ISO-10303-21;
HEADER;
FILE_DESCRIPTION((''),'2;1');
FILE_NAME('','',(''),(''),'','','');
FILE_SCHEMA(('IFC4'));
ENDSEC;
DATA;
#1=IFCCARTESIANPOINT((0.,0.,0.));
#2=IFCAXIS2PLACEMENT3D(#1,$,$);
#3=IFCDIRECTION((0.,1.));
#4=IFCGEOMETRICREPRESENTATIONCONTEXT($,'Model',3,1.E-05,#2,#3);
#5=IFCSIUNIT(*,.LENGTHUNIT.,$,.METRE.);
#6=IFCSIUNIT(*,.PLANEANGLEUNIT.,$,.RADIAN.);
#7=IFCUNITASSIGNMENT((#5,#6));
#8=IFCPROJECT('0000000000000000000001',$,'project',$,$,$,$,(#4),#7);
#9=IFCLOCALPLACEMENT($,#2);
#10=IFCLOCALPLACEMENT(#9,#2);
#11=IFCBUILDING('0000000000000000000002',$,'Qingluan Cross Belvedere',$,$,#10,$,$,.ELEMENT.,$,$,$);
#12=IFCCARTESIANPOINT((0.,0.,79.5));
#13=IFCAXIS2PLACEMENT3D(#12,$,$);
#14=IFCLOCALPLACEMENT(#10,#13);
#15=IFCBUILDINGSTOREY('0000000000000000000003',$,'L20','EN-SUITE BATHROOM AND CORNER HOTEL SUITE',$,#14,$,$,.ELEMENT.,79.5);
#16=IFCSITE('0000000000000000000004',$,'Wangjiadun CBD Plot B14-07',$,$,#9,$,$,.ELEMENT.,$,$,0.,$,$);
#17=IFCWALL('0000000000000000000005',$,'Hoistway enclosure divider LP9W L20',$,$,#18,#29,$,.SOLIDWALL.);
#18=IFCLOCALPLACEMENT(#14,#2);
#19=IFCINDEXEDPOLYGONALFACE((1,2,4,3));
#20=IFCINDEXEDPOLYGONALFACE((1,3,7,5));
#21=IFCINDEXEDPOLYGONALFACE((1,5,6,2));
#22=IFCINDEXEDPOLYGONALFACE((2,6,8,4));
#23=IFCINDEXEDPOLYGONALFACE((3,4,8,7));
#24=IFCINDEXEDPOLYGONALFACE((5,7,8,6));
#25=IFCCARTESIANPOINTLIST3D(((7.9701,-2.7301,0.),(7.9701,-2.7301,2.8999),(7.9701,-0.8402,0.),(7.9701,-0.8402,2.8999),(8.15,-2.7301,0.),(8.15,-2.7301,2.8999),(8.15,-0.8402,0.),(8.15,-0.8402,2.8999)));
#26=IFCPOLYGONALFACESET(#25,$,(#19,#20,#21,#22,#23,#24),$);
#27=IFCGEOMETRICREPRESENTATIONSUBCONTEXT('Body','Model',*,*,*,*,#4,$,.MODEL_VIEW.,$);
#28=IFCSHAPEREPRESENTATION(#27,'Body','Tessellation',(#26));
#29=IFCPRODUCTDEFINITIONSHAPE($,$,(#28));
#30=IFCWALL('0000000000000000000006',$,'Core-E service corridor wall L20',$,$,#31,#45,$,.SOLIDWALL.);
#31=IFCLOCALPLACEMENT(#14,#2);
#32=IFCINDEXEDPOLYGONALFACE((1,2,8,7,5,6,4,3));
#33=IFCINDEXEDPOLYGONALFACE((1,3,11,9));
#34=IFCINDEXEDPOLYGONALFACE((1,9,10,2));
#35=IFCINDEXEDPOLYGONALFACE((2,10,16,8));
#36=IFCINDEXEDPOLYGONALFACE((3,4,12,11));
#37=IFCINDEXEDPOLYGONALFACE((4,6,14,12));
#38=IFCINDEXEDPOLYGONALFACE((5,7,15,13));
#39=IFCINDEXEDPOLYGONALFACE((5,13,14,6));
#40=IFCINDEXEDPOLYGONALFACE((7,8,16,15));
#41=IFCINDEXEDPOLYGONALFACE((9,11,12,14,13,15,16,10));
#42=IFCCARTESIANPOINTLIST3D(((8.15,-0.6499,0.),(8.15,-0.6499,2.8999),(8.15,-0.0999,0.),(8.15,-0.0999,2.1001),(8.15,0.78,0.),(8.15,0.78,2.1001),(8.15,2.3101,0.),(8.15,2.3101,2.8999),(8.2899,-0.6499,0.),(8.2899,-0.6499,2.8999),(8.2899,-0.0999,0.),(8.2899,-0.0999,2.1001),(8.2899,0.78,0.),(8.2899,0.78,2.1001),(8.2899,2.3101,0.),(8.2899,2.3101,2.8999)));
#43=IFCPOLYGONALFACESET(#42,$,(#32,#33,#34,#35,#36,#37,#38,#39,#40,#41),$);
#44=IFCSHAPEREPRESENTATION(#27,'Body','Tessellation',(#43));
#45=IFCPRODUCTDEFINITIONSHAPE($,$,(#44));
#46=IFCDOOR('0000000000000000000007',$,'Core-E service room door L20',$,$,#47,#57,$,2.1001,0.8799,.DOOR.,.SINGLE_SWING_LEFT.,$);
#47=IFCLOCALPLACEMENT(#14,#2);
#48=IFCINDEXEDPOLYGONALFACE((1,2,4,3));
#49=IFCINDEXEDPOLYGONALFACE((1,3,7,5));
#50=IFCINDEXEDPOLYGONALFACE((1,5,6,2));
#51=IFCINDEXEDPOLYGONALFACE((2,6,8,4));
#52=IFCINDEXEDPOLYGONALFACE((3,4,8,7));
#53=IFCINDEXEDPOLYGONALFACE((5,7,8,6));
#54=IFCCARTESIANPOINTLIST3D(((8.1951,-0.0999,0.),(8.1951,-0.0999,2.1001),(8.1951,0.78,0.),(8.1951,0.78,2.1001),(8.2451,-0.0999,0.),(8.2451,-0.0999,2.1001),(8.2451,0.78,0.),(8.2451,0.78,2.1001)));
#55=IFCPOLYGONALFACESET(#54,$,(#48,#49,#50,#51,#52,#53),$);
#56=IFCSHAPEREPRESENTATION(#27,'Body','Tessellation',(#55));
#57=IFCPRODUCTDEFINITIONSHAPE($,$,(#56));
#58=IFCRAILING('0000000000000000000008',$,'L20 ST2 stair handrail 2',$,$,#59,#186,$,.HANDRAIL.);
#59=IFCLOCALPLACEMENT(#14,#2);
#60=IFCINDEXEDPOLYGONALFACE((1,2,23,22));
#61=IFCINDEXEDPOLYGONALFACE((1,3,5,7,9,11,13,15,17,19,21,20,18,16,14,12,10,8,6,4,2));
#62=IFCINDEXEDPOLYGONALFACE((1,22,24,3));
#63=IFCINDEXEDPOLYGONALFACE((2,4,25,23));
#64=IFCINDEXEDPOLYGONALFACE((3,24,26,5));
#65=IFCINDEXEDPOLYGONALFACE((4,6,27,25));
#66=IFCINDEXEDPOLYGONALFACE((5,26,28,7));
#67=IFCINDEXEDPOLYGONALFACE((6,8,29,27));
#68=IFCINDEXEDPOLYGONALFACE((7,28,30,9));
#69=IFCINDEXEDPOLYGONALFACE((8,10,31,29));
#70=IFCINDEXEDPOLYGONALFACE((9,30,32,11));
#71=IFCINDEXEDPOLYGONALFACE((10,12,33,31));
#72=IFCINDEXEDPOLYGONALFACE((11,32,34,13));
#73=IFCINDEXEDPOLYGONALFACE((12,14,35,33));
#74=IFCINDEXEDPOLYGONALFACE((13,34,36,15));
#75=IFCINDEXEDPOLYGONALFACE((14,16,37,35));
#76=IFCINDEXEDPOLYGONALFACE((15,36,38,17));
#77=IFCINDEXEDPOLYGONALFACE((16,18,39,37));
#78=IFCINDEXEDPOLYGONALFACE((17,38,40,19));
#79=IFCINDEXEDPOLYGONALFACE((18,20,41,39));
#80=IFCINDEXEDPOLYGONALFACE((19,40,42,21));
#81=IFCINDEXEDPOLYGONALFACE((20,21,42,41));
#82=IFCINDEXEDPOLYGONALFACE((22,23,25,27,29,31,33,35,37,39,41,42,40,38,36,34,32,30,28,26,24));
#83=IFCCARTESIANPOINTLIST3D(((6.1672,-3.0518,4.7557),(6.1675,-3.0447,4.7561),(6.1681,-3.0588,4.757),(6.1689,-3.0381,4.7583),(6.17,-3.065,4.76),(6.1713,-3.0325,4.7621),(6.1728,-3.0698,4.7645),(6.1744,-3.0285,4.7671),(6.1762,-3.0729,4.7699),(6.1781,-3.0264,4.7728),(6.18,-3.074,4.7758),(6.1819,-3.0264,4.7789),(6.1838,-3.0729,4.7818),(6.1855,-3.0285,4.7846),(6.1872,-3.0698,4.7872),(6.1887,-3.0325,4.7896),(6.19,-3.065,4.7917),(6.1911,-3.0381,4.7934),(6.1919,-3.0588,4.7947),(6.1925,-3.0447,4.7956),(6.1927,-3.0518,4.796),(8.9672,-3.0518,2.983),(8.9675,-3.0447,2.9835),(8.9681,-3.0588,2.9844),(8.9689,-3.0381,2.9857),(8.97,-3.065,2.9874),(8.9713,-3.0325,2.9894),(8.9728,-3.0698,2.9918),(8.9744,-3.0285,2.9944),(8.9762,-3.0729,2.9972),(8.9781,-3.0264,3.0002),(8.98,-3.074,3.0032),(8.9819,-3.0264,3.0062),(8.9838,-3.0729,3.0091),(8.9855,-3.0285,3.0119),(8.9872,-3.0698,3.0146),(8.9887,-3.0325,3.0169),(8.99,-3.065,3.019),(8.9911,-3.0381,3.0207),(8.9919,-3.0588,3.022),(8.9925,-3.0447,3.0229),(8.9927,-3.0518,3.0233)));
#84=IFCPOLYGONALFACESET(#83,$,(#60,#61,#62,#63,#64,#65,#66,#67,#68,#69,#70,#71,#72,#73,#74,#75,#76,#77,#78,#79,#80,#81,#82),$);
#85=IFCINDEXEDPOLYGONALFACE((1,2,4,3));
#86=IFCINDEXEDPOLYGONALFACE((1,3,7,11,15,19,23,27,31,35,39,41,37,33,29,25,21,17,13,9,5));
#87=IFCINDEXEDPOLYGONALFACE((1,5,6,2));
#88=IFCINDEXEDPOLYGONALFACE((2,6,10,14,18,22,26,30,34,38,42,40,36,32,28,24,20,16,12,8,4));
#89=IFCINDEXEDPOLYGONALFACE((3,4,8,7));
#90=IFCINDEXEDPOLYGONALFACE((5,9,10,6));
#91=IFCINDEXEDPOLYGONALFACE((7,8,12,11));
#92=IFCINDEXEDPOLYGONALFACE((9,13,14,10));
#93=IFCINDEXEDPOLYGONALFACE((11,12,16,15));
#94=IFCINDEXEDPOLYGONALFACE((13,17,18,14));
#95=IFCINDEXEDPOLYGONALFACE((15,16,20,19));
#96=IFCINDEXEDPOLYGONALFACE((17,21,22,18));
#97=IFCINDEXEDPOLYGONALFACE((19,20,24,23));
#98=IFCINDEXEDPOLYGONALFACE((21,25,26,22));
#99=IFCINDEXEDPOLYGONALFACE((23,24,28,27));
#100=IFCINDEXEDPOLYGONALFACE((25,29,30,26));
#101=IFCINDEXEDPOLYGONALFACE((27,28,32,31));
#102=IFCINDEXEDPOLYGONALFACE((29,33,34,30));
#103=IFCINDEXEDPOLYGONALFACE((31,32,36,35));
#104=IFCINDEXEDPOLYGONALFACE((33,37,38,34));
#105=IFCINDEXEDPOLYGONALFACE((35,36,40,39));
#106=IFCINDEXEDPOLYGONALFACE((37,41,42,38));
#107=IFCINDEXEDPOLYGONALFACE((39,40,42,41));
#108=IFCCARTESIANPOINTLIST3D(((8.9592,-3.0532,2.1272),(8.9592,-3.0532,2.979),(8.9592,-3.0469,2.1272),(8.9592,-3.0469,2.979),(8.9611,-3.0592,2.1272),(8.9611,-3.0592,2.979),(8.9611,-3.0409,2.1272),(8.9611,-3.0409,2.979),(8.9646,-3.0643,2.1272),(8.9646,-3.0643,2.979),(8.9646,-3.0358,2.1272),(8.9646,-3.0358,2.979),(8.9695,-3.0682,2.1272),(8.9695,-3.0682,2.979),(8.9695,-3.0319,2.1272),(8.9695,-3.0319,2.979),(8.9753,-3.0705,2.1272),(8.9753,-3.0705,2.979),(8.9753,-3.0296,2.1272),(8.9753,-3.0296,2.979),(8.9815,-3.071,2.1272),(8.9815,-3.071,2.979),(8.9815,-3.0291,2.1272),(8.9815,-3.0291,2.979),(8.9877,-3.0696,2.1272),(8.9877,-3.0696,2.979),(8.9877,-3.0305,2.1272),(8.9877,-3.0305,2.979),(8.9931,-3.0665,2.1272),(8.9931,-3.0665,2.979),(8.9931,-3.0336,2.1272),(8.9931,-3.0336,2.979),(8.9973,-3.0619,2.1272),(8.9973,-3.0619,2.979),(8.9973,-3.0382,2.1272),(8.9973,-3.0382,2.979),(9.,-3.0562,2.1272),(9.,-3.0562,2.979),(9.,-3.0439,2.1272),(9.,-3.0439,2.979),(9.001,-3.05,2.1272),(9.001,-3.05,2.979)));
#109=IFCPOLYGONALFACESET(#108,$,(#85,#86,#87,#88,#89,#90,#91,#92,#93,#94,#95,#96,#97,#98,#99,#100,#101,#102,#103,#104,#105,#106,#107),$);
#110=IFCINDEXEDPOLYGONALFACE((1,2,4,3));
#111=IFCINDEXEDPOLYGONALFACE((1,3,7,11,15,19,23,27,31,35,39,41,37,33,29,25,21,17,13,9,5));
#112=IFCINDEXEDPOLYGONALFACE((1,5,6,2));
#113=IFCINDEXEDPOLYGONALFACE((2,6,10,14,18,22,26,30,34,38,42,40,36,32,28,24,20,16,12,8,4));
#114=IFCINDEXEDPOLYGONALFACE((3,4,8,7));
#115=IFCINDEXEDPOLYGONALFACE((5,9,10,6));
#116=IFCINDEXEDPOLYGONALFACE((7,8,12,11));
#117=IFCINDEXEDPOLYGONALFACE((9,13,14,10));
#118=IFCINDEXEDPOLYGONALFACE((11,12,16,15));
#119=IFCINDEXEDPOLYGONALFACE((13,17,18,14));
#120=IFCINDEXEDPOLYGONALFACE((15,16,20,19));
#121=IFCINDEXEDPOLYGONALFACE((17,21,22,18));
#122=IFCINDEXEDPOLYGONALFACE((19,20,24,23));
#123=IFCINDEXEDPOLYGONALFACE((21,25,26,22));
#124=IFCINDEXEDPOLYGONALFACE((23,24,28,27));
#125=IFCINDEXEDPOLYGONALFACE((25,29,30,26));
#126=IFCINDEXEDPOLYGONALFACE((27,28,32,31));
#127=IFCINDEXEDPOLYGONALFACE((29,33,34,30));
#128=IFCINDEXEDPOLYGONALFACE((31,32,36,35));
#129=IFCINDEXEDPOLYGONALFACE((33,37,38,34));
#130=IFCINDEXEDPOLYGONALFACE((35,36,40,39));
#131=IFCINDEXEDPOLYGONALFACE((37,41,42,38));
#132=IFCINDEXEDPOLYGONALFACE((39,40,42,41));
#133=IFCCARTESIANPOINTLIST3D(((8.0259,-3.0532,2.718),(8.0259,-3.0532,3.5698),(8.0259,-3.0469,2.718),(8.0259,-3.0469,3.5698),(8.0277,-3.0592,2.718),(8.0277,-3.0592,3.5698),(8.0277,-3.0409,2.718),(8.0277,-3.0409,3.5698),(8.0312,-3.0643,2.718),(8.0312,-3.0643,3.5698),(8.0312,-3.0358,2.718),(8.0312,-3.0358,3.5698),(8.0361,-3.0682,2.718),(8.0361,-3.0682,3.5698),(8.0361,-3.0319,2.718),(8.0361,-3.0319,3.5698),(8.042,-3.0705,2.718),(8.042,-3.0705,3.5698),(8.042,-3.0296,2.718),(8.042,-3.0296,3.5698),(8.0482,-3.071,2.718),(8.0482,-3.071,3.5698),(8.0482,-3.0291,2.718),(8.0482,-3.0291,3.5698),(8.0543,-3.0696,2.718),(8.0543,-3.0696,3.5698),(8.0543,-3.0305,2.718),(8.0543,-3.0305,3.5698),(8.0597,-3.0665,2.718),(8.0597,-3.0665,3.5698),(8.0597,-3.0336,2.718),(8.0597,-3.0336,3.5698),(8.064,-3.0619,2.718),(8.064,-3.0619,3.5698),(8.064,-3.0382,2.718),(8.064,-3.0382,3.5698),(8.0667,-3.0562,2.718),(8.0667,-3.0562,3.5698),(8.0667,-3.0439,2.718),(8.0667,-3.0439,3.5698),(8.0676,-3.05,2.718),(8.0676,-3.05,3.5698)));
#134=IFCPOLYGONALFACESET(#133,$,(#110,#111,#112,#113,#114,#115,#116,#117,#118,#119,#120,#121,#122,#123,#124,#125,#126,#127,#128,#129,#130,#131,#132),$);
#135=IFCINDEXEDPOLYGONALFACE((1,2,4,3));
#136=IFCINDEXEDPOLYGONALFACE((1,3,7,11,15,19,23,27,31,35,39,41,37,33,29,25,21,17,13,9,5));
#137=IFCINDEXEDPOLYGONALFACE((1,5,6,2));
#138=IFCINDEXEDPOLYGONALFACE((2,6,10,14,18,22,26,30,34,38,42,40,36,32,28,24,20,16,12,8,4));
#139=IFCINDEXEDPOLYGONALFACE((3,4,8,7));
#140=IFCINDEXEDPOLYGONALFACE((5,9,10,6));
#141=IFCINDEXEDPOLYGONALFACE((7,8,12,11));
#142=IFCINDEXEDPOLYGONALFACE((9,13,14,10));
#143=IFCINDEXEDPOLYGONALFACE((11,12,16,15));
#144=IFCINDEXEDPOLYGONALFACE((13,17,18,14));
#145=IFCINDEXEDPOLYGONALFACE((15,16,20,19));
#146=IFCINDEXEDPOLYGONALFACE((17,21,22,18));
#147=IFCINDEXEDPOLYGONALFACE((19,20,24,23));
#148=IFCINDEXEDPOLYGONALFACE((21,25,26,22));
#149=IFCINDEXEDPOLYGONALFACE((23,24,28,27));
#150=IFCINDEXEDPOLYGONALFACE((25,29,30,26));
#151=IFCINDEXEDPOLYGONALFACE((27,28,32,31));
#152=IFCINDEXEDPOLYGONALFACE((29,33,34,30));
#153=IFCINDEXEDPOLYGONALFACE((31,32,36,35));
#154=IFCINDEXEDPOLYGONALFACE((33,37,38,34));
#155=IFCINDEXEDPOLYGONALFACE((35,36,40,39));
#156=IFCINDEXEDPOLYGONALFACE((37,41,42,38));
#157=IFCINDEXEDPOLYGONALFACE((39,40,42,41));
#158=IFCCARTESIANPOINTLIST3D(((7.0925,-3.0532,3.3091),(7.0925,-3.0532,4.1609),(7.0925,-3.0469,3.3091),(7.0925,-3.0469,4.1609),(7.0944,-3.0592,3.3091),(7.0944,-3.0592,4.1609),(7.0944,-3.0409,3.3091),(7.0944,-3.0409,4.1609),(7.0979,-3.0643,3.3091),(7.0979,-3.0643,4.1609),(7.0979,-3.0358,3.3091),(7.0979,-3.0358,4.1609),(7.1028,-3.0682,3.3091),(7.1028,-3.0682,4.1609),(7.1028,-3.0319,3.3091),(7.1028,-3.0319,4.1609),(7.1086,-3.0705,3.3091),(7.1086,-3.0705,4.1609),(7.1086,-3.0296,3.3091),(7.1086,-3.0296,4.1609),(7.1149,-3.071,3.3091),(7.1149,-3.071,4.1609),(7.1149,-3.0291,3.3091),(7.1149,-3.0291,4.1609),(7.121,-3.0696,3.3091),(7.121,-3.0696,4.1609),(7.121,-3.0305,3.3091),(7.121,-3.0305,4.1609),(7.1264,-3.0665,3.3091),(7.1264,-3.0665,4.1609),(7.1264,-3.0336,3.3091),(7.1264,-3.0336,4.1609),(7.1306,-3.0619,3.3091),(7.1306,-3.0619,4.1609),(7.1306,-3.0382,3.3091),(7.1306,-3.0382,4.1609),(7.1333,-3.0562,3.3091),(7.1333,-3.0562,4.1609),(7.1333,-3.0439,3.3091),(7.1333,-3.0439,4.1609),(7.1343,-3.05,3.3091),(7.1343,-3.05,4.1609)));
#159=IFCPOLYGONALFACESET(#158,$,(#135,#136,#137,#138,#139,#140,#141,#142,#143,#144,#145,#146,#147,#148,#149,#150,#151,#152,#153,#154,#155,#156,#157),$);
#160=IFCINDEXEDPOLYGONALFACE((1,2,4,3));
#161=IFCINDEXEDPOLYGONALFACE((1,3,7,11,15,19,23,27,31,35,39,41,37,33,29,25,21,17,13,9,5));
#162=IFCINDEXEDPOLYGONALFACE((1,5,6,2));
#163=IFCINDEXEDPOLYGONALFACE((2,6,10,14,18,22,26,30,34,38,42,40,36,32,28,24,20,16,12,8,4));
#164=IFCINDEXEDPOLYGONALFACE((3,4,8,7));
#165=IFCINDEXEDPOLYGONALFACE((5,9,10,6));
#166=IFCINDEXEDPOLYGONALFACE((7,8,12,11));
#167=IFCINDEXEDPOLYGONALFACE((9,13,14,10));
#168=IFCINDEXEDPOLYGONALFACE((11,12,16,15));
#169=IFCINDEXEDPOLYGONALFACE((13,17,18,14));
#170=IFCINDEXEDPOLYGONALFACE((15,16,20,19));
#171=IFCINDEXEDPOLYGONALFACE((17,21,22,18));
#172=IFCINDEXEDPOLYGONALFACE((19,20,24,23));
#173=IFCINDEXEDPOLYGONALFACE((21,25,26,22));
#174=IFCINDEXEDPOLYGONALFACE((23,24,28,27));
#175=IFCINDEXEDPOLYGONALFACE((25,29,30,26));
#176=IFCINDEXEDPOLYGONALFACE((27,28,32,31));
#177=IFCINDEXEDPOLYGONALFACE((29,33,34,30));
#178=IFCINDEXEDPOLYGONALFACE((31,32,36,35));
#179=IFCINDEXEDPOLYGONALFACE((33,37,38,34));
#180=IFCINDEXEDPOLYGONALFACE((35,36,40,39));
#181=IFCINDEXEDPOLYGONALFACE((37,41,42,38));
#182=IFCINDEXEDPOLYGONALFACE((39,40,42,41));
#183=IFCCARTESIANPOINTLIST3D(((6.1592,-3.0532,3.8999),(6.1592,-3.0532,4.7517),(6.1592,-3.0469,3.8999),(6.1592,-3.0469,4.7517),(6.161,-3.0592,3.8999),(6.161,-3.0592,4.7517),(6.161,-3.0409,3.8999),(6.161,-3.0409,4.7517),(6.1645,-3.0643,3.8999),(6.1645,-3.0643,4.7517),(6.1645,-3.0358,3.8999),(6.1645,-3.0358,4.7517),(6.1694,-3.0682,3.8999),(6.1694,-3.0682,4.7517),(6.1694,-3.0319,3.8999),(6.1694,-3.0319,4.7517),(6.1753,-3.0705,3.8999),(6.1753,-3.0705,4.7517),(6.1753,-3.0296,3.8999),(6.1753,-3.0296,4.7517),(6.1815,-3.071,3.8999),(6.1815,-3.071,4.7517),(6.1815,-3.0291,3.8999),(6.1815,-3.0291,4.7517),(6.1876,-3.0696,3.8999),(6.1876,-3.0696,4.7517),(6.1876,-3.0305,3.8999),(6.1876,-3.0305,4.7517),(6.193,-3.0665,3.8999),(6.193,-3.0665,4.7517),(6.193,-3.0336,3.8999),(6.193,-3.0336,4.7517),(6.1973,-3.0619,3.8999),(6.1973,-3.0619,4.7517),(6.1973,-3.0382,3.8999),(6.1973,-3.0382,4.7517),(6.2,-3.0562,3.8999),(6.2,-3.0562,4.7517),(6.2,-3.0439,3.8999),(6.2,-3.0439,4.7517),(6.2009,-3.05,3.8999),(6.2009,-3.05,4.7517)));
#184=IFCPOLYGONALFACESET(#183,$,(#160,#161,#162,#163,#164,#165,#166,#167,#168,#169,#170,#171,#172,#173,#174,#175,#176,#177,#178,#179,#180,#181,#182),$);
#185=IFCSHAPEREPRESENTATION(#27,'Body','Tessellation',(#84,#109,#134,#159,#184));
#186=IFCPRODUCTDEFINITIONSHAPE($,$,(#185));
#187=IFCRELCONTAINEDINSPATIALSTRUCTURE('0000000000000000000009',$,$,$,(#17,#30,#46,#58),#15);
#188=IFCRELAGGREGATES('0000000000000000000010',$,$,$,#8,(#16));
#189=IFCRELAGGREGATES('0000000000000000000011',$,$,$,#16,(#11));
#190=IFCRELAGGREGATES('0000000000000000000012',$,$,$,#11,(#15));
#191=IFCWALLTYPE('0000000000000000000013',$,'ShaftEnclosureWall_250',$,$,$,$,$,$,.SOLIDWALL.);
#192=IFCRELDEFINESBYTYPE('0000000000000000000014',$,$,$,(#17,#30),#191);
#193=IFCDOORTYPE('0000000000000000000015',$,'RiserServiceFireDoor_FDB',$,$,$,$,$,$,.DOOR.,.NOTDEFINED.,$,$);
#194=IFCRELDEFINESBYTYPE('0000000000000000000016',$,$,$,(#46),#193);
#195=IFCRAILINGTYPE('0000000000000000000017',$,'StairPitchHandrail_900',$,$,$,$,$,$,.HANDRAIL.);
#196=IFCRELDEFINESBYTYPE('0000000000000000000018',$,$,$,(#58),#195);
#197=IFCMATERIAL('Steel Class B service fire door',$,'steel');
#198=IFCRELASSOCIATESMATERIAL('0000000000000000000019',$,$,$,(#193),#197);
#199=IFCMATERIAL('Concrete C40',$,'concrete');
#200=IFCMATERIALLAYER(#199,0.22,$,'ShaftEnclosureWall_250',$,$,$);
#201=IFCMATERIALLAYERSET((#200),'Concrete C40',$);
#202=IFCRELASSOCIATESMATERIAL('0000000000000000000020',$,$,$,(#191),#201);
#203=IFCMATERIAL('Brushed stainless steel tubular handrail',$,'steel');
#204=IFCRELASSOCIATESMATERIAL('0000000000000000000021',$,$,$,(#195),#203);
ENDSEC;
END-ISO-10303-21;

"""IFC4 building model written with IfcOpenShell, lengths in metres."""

from ifc_helpers import new_model, si_unit, direction, frame, frame_2d, origin, origin_2d, place, context, subcontext, project, spatial, rectangle, circle, extrude, material, layer, layer_set, type_object, element, fill, save


model = new_model("IFC4")

# Units and contexts
model_context = context("Model", 3, precision=1e-05, world=origin(), true_north=direction((0.0, 1.0)))
body_context = subcontext(model_context, "Body", "Model", "MODEL_VIEW")
ifc_project = project(units=[si_unit("LENGTHUNIT", "METRE"), si_unit("PLANEANGLEUNIT", "RADIAN")], contexts=[model_context])

# Site, building, storey
site_placement = place(None, origin())
site = spatial("IfcSite", under=ifc_project, at=site_placement, Name="Wangjiadun CBD Plot B14-07", CompositionType="ELEMENT", RefElevation=0.0)
building_placement = place(site_placement, origin())
building = spatial("IfcBuilding", under=site, at=building_placement, Name="Qingluan Cross Belvedere", CompositionType="ELEMENT")
storey_placement = place(building_placement, frame((0.0, 0.0, 79.5)))
storey = spatial("IfcBuildingStorey", under=building, at=storey_placement, Name="L20", Description="EN-SUITE BATHROOM AND CORNER HOTEL SUITE", CompositionType="ELEMENT", Elevation=79.5)

# Shared definitions
ifc_material_1 = material(Name="Steel Class B service fire door", Category="steel")
door_type_1 = type_object("IfcDoorType", Name="RiserServiceFireDoor_FDB", OperationType="NOTDEFINED", PredefinedType="DOOR", material=ifc_material_1)

# Shared definitions
ifc_material_2 = material(Name="Concrete C40", Category="concrete")
ifc_layer_1 = layer(ifc_material_2, 0.22, Name="ShaftEnclosureWall_250")
ifc_layer_set_1 = layer_set([ifc_layer_1], Name="Concrete C40")
wall_type_1 = type_object("IfcWallType", Name="ShaftEnclosureWall_250", PredefinedType="SOLIDWALL", material=ifc_layer_set_1)

# Wall
for number, where, z_axis, x_axis, name in (
    (1, (8.0601, -2.73, 0.0), (0.0, 0.0, 1.0), (0.0, 1.0, 0.0), "Hoistway enclosure divider LP9W L20"),
):
    element("IfcWall", number, at=place(storey_placement, frame(where, z_axis=z_axis, x_axis=x_axis)), inside=storey, type_object=wall_type_1, Name=name, PredefinedType="SOLIDWALL", context=body_context, shape_type="SweptSolid", body=[
        extrude(rectangle(XDim=1.8899, YDim=0.1799, at=frame_2d((0.9448, 0.0))), origin(), (0.0, 0.0, 1.0), 2.8999),
    ])

# Wall, opening, door
wall_1_placement = place(storey_placement, frame((8.22, -0.6499, 0.0), z_axis=(0.0, 0.0, 1.0), x_axis=(0.0, 1.0, 0.0)))
wall_1 = element("IfcWall", 2, at=wall_1_placement, inside=storey, type_object=wall_type_1, Name="Core-E service corridor wall L20", PredefinedType="SOLIDWALL", context=body_context, shape_type="SweptSolid", body=[
    extrude(rectangle(XDim=2.96, YDim=0.1399, at=frame_2d((1.48, 0.0))), origin(), (0.0, 0.0, 1.0), 2.8999),
])
opening_1_placement = place(wall_1_placement, frame((0.55, 0.0, 0.0)))
opening_1 = element("IfcOpeningElement", 3, at=opening_1_placement, cuts=wall_1, PredefinedType="OPENING", context=body_context, shape_type="SweptSolid", body=[
    extrude(rectangle(XDim=0.8799, YDim=2.1001, at=frame_2d((0.4399, 1.05))), frame((0.0, 0.0798, 0.0), z_axis=(0.0, -1.0, 0.0), x_axis=(1.0, 0.0, 0.0)), (0.0, 0.0, 1.0), 0.1599),
])
door_1_placement = place(opening_1_placement, origin())
door_1 = element("IfcDoor", 4, at=door_1_placement, inside=storey, type_object=door_type_1, Name="Core-E service room door L20", OperationType="SINGLE_SWING_LEFT", OverallHeight=2.1001, OverallWidth=0.8799, PredefinedType="DOOR", context=body_context, shape_type="SweptSolid", body=[
    extrude(rectangle(XDim=0.8799, YDim=2.1001, at=frame_2d((0.4399, 1.05))), frame((0.0, 0.0249, 0.0), z_axis=(0.0, -1.0, 0.0), x_axis=(1.0, 0.0, 0.0)), (0.0, 0.0, 1.0), 0.05),
])
fill(opening_1, door_1)

# Railing
ifc_material_3 = material(Name="Brushed stainless steel tubular handrail", Category="steel")
railing_type = type_object("IfcRailingType", Name="StairPitchHandrail_900", PredefinedType="HANDRAIL", material=ifc_material_3)
railing_placement = place(storey_placement, frame((8.98, -3.05, 2.1272)))
element("IfcRailing", 5, at=railing_placement, inside=storey, type_object=railing_type, Name="L20 ST2 stair handrail 2", PredefinedType="HANDRAIL", context=body_context, shape_type="SweptSolid", body=[
    extrude(circle(Radius=0.0239, at=origin_2d()), frame((0.0, 0.0, 0.876), z_axis=(-0.844909, 0.0, 0.53491), x_axis=(0.0, -1.0, 0.0)), (0.0, 0.0, 1.0), 3.314),
    extrude(circle(Radius=0.021, at=origin_2d()), origin(), (0.0, 0.0, 1.0), 0.8518),
    extrude(circle(Radius=0.021, at=origin_2d()), frame((-0.9333, 0.0, 0.5908)), (0.0, 0.0, 1.0), 0.8518),
    extrude(circle(Radius=0.021, at=origin_2d()), frame((-1.8667, 0.0, 1.1819)), (0.0, 0.0, 1.0), 0.8518),
    extrude(circle(Radius=0.021, at=origin_2d()), frame((-2.8, 0.0, 1.7727)), (0.0, 0.0, 1.0), 0.8518),
])

save(model, "model.ifc")
